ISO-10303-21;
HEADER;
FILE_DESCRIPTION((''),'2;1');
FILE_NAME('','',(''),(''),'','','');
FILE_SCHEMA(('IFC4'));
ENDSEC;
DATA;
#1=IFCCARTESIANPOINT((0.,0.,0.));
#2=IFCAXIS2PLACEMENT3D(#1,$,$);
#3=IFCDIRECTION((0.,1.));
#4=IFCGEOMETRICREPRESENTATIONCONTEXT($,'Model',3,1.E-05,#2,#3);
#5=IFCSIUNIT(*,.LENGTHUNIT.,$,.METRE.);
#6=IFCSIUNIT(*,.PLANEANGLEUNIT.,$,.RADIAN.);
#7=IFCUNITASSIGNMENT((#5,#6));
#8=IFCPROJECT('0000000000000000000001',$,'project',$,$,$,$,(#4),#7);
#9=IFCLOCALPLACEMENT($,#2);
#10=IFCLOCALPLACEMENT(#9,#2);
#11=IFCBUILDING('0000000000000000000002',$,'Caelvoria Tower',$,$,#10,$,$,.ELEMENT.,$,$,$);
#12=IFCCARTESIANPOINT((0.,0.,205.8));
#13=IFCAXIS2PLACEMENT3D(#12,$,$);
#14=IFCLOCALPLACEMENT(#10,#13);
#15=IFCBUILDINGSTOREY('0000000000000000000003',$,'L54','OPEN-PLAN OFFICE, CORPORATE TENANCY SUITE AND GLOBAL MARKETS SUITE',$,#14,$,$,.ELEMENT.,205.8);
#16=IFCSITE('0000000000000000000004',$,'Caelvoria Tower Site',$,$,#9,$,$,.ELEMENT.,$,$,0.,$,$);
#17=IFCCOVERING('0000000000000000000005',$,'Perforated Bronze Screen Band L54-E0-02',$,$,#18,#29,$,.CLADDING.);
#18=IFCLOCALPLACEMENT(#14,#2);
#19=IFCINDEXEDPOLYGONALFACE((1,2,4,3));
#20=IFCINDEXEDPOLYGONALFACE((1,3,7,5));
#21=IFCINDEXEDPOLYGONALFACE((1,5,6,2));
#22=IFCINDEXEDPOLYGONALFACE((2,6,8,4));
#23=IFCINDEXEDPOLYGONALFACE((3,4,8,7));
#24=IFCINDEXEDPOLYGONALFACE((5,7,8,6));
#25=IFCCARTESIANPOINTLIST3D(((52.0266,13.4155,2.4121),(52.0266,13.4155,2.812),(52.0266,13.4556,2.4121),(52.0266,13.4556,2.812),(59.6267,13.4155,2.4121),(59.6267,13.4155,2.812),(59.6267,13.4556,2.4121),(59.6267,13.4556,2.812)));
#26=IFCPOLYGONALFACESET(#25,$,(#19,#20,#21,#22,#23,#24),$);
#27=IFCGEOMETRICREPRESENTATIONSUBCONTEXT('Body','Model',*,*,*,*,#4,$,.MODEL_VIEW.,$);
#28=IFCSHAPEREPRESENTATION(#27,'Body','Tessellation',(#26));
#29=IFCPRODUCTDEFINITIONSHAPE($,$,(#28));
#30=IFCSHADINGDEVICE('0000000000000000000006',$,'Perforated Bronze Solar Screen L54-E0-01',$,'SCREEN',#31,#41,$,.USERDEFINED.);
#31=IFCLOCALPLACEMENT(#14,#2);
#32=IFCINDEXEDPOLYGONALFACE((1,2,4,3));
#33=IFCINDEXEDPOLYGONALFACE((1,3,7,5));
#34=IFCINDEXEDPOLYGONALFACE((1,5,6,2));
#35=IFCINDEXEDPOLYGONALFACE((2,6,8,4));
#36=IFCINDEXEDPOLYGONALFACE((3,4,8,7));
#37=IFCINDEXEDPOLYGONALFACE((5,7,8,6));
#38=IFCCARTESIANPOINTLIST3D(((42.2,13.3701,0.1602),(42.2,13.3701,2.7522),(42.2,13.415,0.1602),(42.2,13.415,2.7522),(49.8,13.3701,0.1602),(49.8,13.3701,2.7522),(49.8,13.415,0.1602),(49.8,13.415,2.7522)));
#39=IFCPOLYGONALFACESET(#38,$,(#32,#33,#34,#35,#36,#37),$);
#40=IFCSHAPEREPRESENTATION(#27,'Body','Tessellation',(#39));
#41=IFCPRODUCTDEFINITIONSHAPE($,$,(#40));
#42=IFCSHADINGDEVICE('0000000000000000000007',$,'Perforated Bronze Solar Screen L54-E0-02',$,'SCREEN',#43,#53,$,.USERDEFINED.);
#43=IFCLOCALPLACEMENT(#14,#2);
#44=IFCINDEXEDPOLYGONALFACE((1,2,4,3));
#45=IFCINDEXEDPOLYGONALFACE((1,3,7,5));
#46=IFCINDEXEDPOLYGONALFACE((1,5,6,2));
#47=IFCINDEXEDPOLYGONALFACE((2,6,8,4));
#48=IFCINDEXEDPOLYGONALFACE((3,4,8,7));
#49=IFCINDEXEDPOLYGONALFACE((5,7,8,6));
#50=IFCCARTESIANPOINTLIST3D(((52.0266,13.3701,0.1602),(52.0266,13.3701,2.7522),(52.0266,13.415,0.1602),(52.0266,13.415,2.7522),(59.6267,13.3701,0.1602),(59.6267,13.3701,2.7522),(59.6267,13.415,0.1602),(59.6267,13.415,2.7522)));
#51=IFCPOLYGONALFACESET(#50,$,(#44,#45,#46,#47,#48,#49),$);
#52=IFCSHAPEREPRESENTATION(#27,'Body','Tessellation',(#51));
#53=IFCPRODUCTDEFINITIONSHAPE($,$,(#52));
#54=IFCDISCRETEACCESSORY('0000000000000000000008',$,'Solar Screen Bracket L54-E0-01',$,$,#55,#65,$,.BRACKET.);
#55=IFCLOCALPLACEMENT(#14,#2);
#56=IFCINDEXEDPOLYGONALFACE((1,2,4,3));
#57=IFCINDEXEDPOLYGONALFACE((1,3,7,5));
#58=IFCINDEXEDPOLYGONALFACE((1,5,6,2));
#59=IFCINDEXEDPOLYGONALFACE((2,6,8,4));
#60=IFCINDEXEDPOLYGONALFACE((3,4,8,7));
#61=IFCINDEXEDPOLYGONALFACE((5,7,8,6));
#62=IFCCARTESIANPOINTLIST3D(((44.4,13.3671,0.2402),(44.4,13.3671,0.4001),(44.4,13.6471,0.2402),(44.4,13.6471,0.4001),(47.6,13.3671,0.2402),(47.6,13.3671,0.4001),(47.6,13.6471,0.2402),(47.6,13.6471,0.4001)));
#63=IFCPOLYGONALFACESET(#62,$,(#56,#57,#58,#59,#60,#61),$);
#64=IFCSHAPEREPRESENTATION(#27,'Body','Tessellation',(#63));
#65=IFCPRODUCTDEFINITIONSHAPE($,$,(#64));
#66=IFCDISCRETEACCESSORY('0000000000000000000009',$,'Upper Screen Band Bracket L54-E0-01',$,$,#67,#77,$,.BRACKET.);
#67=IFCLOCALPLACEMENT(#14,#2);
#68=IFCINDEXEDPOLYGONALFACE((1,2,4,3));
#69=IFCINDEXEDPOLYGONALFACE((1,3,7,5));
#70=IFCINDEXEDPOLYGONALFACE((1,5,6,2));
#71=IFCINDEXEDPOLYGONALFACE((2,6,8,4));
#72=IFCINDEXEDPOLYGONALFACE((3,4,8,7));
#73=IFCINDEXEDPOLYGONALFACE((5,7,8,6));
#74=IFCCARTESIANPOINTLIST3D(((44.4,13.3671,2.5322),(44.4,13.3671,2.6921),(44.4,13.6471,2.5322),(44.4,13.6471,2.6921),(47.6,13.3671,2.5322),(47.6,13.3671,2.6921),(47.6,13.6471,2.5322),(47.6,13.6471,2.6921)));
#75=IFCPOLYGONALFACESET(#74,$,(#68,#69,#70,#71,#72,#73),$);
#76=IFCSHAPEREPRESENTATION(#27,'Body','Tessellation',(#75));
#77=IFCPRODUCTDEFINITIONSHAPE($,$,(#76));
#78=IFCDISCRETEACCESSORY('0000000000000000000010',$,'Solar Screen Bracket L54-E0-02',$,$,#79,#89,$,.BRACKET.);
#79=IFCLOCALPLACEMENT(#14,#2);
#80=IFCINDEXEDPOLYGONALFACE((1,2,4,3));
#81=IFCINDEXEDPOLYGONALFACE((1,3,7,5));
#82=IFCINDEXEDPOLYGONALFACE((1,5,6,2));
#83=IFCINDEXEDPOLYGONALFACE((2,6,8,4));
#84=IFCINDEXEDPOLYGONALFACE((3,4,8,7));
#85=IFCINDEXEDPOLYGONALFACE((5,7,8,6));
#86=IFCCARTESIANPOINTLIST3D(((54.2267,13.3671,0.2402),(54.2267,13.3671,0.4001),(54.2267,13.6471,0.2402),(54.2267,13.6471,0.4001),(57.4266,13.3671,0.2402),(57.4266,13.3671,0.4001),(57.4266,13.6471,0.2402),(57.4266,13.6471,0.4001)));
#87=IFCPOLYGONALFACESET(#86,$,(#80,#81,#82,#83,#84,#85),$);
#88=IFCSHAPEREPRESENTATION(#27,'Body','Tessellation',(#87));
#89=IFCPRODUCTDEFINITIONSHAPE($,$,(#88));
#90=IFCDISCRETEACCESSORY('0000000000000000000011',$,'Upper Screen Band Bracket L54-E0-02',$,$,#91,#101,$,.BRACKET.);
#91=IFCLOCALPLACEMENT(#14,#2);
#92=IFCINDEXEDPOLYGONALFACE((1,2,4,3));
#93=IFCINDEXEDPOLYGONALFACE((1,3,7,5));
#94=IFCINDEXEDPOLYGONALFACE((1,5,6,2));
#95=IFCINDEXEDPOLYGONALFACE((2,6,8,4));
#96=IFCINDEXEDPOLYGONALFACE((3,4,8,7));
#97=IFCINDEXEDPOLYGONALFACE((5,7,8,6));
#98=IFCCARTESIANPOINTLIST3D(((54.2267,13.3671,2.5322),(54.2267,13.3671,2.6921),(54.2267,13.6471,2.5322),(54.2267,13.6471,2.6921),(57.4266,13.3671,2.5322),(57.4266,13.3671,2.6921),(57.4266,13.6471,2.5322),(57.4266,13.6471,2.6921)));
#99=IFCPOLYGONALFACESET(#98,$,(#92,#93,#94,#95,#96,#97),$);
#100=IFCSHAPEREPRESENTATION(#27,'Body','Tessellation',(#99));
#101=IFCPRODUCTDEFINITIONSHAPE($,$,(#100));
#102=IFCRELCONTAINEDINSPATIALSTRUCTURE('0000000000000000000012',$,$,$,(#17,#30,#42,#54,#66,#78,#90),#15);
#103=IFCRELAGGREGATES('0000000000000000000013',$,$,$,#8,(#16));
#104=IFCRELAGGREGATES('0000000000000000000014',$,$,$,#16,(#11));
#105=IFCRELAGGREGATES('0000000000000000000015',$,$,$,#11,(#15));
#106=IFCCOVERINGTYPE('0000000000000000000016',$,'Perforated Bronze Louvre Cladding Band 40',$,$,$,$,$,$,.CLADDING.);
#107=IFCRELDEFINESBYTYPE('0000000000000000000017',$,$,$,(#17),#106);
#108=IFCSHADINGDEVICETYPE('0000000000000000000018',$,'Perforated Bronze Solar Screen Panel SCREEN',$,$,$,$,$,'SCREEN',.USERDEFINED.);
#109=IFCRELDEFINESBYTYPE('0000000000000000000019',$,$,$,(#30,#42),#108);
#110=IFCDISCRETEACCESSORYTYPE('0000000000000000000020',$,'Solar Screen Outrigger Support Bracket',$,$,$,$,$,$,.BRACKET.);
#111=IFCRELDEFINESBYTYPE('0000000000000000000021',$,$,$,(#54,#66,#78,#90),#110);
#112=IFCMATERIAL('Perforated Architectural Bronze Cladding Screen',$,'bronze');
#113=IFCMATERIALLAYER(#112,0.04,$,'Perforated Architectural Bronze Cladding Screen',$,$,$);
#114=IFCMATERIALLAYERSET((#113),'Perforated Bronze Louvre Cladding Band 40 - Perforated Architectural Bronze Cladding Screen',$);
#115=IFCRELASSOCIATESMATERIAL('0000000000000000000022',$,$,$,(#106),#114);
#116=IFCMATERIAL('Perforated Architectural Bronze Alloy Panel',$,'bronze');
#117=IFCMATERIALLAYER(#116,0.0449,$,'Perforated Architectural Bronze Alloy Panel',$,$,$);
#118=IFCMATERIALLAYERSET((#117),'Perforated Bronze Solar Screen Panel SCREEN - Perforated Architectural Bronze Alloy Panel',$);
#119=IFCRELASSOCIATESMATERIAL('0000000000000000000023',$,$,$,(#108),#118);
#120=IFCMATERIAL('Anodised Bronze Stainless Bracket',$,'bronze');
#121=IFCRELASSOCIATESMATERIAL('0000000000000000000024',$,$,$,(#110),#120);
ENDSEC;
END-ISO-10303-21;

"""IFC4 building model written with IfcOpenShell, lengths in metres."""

from ifc_helpers import new_model, si_unit, direction, frame, origin, origin_2d, place, context, subcontext, project, spatial, rectangle, extrude, material, layer, layer_set, type_object, element, save


model = new_model("IFC4")

# Units and contexts
model_context = context("Model", 3, precision=1e-05, world=origin(), true_north=direction((0.0, 1.0)))
body_context = subcontext(model_context, "Body", "Model", "MODEL_VIEW")
ifc_project = project(units=[si_unit("LENGTHUNIT", "METRE"), si_unit("PLANEANGLEUNIT", "RADIAN")], contexts=[model_context])

# Site, building, storey
site_placement = place(None, origin())
site = spatial("IfcSite", under=ifc_project, at=site_placement, Name="Caelvoria Tower Site", CompositionType="ELEMENT", RefElevation=0.0)
building_placement = place(site_placement, origin())
building = spatial("IfcBuilding", under=site, at=building_placement, Name="Caelvoria Tower", CompositionType="ELEMENT")
storey_placement = place(building_placement, frame((0.0, 0.0, 205.8)))
storey = spatial("IfcBuildingStorey", under=building, at=storey_placement, Name="L54", Description="OPEN-PLAN OFFICE, CORPORATE TENANCY SUITE AND GLOBAL MARKETS SUITE", CompositionType="ELEMENT", Elevation=205.8)

# Covering
ifc_material_1 = material(Name="Perforated Architectural Bronze Cladding Screen", Category="bronze")
ifc_layer_1 = layer(ifc_material_1, 0.04, Name="Perforated Architectural Bronze Cladding Screen")
ifc_layer_set_1 = layer_set([ifc_layer_1], Name="Perforated Bronze Louvre Cladding Band 40 - Perforated Architectural Bronze Cladding Screen")
covering_type = type_object("IfcCoveringType", Name="Perforated Bronze Louvre Cladding Band 40", PredefinedType="CLADDING", material=ifc_layer_set_1)
for number, where, z_axis, x_axis, name in (
    (1, (55.8267, 13.4355, 2.4121), (0.0, 0.0, 1.0), (1.0, 0.0, 0.0), "Perforated Bronze Screen Band L54-E0-02"),
):
    element("IfcCovering", number, at=place(storey_placement, frame(where, z_axis=z_axis, x_axis=x_axis)), inside=storey, type_object=covering_type, Name=name, PredefinedType="CLADDING", context=body_context, shape_type="SweptSolid", body=[
        extrude(rectangle(XDim=7.6001, YDim=0.04, at=origin_2d()), origin(), (0.0, 0.0, 1.0), 0.3999),
    ])

# Shading devices
ifc_material_2 = material(Name="Perforated Architectural Bronze Alloy Panel", Category="bronze")
ifc_layer_2 = layer(ifc_material_2, 0.0449, Name="Perforated Architectural Bronze Alloy Panel")
ifc_layer_set_2 = layer_set([ifc_layer_2], Name="Perforated Bronze Solar Screen Panel SCREEN - Perforated Architectural Bronze Alloy Panel")
shading_device_type = type_object("IfcShadingDeviceType", Name="Perforated Bronze Solar Screen Panel SCREEN", ElementType="SCREEN", PredefinedType="USERDEFINED", material=ifc_layer_set_2)
for number, where, z_axis, x_axis, name in (
    (2, (46.0, 13.3926, 0.1602), (0.0, 0.0, 1.0), (1.0, 0.0, 0.0), "Perforated Bronze Solar Screen L54-E0-01"),
    (3, (55.8267, 13.3926, 0.1602), (0.0, 0.0, 1.0), (1.0, 0.0, 0.0), "Perforated Bronze Solar Screen L54-E0-02"),
):
    element("IfcShadingDevice", number, at=place(storey_placement, frame(where, z_axis=z_axis, x_axis=x_axis)), inside=storey, type_object=shading_device_type, Name=name, ObjectType="SCREEN", PredefinedType="USERDEFINED", context=body_context, shape_type="SweptSolid", body=[
        extrude(rectangle(XDim=7.6001, YDim=0.0449, at=origin_2d()), origin(), (0.0, 0.0, 1.0), 2.592),
    ])

# Discrete accessories
ifc_material_3 = material(Name="Anodised Bronze Stainless Bracket", Category="bronze")
discrete_accessory_type = type_object("IfcDiscreteAccessoryType", Name="Solar Screen Outrigger Support Bracket", PredefinedType="BRACKET", material=ifc_material_3)
for number, where, z_axis, x_axis, name in (
    (4, (46.0, 13.5071, 0.2402), (0.0, 0.0, 1.0), (1.0, 0.0, 0.0), "Solar Screen Bracket L54-E0-01"),
    (5, (46.0, 13.5071, 2.5322), (0.0, 0.0, 1.0), (1.0, 0.0, 0.0), "Upper Screen Band Bracket L54-E0-01"),
    (6, (55.8267, 13.5071, 0.2402), (0.0, 0.0, 1.0), (1.0, 0.0, 0.0), "Solar Screen Bracket L54-E0-02"),
    (7, (55.8267, 13.5071, 2.5322), (0.0, 0.0, 1.0), (1.0, 0.0, 0.0), "Upper Screen Band Bracket L54-E0-02"),
):
    element("IfcDiscreteAccessory", number, at=place(storey_placement, frame(where, z_axis=z_axis, x_axis=x_axis)), inside=storey, type_object=discrete_accessory_type, Name=name, PredefinedType="BRACKET", context=body_context, shape_type="SweptSolid", body=[
        extrude(rectangle(XDim=3.2, YDim=0.28, at=origin_2d()), origin(), (0.0, 0.0, 1.0), 0.1599),
    ])

save(model, "model.ifc")
